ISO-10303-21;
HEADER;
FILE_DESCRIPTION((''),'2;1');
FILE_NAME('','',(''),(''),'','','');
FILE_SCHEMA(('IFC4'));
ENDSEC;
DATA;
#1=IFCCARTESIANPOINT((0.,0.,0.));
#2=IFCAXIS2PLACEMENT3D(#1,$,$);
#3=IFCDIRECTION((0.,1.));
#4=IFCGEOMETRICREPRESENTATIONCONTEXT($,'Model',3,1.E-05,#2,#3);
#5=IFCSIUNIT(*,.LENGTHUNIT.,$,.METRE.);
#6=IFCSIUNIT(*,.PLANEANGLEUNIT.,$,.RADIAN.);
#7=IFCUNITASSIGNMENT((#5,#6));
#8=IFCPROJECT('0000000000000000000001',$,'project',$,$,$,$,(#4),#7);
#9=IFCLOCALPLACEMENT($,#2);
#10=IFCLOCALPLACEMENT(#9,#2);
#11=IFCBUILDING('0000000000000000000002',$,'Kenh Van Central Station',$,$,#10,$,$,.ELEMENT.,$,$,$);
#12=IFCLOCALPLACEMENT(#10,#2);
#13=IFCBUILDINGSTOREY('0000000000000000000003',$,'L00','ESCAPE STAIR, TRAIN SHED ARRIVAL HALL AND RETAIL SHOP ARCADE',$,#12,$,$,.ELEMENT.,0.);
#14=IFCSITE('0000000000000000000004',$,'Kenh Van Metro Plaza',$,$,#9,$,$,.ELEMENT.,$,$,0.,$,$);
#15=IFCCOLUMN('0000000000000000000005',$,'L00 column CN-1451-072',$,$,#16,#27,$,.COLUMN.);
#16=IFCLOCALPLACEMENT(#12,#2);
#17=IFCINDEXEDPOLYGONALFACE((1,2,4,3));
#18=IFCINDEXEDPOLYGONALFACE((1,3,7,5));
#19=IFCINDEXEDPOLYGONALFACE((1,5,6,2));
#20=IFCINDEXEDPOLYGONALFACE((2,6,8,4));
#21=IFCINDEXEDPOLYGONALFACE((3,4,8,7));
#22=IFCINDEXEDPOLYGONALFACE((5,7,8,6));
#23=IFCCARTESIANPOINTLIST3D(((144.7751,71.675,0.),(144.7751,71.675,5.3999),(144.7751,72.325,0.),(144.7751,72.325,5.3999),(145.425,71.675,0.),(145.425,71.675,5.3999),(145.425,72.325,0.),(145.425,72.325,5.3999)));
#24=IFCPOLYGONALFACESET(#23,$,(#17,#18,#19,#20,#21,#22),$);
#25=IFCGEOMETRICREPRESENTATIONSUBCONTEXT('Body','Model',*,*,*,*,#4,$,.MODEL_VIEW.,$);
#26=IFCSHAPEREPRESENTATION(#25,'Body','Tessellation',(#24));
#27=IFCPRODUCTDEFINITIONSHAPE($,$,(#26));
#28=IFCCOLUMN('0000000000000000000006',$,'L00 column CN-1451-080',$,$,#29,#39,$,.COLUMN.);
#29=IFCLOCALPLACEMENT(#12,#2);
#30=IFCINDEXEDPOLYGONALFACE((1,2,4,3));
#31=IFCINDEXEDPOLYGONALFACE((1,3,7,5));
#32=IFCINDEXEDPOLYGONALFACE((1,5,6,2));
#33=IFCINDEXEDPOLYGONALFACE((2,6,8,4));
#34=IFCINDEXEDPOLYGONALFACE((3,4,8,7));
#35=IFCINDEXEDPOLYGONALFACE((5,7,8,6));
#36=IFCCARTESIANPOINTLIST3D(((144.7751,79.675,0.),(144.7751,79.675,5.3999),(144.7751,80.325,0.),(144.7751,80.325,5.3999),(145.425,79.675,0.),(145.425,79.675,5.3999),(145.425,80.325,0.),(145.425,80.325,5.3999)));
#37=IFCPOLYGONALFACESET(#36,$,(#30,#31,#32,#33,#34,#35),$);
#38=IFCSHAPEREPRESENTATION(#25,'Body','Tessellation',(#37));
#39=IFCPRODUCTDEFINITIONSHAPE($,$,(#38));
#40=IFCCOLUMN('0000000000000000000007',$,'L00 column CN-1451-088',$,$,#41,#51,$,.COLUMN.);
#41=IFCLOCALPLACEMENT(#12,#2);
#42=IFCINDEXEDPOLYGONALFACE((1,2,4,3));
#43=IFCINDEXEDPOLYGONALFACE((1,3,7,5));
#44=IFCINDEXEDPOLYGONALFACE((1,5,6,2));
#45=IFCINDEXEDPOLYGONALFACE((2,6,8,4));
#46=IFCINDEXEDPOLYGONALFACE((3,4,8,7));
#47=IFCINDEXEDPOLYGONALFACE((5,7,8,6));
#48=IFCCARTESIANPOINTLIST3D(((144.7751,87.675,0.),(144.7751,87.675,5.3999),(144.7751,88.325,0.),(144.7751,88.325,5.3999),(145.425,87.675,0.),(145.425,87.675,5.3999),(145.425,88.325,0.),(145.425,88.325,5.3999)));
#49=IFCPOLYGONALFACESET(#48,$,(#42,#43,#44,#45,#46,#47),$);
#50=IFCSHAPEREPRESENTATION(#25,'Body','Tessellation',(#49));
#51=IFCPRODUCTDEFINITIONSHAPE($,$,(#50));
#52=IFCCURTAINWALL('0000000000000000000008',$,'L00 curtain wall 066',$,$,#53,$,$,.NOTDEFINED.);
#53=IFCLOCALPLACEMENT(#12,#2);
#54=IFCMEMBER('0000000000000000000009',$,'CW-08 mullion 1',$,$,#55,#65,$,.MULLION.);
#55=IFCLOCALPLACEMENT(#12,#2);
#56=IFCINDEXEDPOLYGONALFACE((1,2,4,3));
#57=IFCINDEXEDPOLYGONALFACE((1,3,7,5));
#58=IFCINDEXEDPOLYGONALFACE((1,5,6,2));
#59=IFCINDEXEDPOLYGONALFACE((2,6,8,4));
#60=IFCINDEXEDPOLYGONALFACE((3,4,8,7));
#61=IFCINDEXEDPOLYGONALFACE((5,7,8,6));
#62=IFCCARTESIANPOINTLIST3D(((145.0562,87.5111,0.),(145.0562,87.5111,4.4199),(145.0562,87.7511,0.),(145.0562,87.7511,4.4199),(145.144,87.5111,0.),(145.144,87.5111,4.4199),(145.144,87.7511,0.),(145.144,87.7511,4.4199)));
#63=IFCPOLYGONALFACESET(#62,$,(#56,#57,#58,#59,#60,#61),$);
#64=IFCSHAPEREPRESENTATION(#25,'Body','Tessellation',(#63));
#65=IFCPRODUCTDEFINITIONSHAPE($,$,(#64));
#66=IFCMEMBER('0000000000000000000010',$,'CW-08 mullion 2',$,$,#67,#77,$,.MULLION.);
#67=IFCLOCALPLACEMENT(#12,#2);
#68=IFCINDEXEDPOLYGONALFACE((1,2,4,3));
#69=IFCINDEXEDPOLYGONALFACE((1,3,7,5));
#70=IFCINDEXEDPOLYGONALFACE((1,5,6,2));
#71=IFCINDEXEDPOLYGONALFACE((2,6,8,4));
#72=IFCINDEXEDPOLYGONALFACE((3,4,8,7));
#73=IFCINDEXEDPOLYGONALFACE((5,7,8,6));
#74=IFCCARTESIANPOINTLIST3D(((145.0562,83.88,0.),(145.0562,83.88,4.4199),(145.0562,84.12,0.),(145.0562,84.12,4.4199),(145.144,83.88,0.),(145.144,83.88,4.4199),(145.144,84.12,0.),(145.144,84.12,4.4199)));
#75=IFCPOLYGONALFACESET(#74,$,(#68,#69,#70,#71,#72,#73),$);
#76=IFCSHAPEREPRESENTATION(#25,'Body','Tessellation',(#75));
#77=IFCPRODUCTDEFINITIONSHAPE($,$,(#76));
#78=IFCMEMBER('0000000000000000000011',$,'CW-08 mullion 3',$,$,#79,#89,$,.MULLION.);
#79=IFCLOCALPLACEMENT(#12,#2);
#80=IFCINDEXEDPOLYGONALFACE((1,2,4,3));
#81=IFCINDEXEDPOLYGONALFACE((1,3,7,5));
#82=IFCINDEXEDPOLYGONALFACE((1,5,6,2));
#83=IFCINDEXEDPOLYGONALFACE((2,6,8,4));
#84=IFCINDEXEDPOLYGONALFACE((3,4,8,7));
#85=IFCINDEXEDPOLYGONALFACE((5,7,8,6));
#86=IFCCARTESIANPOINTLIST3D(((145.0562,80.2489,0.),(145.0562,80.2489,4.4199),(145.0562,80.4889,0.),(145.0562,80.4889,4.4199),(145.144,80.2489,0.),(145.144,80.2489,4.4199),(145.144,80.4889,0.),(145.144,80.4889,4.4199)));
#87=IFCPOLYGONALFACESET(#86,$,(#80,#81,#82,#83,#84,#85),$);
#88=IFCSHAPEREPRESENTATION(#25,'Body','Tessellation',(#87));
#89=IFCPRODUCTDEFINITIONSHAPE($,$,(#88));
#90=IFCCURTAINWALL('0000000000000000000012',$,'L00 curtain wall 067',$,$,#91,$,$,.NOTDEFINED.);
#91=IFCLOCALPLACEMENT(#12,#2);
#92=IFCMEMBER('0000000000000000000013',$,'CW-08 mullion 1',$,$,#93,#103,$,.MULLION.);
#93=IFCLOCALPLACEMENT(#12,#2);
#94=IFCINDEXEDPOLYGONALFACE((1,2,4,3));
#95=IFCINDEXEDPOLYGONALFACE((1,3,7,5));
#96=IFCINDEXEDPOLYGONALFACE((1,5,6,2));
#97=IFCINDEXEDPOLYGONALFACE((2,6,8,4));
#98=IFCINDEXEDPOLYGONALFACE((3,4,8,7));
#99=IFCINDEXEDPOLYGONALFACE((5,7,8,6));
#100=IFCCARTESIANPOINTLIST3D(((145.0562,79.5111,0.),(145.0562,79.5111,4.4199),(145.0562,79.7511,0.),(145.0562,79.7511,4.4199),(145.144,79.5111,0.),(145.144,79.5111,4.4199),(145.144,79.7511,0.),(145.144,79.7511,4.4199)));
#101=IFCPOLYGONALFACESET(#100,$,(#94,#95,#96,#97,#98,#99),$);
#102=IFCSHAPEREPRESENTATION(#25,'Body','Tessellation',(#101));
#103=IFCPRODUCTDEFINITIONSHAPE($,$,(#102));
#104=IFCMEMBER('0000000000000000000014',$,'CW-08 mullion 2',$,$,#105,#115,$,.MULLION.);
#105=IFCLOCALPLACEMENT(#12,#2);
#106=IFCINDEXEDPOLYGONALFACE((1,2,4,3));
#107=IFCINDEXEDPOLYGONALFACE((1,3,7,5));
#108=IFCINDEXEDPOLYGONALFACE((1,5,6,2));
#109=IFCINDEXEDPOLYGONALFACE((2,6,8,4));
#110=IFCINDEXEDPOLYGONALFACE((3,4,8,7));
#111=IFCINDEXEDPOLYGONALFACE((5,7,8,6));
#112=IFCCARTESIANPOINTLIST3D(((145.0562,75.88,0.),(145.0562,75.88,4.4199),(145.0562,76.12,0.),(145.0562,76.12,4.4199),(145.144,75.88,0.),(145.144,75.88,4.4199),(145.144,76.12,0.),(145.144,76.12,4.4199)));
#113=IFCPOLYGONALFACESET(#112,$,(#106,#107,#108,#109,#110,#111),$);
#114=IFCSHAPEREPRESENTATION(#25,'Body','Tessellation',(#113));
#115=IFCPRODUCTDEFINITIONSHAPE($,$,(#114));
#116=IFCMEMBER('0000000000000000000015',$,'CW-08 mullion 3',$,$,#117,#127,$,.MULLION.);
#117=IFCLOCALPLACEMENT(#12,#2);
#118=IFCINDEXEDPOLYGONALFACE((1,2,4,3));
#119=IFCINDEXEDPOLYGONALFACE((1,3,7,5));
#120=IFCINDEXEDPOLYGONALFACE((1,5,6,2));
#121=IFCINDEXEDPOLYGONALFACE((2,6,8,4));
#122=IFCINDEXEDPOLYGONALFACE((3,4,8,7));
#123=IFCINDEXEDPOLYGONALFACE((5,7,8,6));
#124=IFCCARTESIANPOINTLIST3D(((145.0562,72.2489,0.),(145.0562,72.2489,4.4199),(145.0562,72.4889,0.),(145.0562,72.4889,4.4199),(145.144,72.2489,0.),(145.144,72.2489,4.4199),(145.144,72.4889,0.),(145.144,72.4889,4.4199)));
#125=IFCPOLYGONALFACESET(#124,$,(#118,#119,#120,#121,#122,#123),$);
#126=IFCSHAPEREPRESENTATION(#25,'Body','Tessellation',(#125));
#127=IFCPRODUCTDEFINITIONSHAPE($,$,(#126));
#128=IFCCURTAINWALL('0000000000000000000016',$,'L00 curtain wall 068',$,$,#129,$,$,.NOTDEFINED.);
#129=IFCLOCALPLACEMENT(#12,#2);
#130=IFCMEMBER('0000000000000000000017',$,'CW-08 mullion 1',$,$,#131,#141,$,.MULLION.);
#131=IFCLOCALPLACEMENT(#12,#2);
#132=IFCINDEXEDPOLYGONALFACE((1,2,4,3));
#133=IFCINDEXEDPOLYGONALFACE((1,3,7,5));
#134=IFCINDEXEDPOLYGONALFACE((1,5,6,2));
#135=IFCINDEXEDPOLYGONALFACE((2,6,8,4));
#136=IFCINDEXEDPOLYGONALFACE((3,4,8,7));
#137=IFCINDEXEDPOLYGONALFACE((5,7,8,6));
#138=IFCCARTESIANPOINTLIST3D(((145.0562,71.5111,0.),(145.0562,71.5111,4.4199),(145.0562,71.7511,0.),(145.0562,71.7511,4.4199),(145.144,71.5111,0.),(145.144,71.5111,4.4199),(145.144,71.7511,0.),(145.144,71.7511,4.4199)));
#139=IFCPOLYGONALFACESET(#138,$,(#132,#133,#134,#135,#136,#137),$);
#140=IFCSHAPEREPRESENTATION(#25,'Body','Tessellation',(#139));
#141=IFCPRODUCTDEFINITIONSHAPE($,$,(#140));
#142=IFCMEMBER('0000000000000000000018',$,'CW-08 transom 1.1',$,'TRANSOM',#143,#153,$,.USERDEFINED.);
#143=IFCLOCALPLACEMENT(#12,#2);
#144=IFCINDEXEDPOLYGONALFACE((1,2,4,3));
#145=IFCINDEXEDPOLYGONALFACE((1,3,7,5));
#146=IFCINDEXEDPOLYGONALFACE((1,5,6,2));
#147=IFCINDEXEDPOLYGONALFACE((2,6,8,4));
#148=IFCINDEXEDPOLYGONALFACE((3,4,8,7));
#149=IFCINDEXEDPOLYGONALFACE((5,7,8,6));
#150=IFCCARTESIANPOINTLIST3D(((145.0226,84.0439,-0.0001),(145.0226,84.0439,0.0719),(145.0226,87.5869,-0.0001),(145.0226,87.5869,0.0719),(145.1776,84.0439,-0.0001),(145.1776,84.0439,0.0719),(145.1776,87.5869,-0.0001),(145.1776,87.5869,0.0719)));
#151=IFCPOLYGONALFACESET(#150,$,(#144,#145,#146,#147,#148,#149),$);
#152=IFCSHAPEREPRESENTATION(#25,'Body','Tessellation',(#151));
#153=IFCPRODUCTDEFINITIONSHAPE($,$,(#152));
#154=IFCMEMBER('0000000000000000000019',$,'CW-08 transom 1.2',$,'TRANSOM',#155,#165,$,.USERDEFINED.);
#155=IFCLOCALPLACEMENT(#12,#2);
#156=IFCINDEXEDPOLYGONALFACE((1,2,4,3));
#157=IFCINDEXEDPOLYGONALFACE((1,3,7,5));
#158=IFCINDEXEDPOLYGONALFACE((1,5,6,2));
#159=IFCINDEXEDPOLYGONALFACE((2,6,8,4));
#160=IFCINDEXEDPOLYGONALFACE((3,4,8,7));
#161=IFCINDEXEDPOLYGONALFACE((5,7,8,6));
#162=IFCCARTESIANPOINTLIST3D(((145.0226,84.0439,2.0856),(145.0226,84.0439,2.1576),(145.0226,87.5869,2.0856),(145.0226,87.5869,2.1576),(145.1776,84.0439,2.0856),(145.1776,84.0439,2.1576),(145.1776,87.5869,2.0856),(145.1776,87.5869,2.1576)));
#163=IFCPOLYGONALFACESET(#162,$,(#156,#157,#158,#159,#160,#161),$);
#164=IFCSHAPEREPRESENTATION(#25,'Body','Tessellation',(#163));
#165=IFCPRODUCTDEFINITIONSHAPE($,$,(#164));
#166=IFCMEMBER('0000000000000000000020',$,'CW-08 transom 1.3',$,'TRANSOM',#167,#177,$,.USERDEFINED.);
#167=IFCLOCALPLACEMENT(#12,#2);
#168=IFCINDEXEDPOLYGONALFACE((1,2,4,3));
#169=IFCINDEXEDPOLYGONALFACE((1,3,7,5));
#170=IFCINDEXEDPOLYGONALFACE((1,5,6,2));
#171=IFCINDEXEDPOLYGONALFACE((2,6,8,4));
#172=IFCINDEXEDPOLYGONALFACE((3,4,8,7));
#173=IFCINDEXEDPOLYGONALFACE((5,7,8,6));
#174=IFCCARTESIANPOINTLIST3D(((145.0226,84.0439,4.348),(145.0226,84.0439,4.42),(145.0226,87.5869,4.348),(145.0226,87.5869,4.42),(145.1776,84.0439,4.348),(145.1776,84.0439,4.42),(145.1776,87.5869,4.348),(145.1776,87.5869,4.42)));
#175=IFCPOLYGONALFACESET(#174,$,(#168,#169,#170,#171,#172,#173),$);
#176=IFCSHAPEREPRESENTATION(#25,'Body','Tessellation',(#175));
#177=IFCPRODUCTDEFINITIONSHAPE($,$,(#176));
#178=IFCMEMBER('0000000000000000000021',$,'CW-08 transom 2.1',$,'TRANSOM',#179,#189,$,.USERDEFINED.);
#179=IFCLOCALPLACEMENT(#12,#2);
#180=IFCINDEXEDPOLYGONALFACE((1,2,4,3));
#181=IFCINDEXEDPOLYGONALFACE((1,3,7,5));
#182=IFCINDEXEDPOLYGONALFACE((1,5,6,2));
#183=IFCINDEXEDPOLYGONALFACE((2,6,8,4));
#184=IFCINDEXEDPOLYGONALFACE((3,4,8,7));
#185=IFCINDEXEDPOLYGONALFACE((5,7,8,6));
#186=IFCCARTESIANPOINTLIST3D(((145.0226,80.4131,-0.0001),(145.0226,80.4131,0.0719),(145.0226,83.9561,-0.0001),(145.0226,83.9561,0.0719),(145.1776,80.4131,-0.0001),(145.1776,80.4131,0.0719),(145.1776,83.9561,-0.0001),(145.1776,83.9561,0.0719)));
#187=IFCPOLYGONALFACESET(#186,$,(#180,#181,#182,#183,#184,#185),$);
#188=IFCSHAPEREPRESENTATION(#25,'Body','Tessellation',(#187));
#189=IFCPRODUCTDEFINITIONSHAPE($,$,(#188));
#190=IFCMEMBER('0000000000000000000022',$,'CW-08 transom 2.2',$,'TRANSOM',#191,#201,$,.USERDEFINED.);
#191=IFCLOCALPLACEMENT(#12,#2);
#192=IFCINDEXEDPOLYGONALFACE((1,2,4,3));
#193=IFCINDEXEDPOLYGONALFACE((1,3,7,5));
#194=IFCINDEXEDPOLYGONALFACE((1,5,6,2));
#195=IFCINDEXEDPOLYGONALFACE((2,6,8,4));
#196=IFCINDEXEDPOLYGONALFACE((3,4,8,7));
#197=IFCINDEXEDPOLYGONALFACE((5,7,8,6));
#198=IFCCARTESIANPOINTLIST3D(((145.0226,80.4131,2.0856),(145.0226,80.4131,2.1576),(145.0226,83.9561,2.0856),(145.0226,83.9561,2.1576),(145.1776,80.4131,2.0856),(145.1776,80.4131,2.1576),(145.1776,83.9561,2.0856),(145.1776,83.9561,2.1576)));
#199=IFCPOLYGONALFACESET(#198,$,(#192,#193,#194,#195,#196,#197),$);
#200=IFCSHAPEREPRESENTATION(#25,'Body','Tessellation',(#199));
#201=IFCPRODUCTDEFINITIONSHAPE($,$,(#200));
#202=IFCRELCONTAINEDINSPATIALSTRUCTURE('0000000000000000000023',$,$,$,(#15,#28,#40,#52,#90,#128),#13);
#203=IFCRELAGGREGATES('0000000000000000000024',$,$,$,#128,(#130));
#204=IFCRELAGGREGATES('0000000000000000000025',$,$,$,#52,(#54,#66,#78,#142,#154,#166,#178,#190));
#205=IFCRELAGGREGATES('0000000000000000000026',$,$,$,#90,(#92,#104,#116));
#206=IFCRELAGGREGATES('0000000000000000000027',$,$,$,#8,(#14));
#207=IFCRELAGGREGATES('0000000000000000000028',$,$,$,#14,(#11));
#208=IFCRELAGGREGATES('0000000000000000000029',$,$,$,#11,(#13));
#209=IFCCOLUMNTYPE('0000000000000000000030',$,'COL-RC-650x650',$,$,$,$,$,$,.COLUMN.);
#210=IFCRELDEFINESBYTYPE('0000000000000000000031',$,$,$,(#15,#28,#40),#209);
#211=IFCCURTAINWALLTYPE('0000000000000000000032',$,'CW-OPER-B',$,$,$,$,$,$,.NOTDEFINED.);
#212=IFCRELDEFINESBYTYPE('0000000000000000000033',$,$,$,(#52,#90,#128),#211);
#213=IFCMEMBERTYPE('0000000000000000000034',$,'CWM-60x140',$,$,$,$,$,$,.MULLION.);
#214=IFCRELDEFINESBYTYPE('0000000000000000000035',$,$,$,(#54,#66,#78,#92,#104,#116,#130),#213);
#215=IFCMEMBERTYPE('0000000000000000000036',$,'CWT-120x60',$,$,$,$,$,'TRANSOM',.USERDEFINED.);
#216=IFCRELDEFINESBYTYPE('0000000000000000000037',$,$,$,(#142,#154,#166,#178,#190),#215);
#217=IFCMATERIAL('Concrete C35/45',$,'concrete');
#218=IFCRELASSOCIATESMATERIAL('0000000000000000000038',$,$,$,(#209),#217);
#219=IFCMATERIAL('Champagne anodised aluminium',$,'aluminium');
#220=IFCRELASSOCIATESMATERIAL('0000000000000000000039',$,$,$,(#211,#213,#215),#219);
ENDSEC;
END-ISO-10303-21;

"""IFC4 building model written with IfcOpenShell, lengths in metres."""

from ifc_helpers import new_model, si_unit, direction, frame, origin, origin_2d, place, context, subcontext, project, spatial, rectangle, extrude, material, material_profile, profile_set, type_object, element, aggregate, save


model = new_model("IFC4")

# Units and contexts
model_context = context("Model", 3, precision=1e-05, world=origin(), true_north=direction((0.0, 1.0)))
body_context = subcontext(model_context, "Body", "Model", "MODEL_VIEW")
ifc_project = project(units=[si_unit("LENGTHUNIT", "METRE"), si_unit("PLANEANGLEUNIT", "RADIAN")], contexts=[model_context])

# Site, building, storey
site_placement = place(None, origin())
site = spatial("IfcSite", under=ifc_project, at=site_placement, Name="Kenh Van Metro Plaza", CompositionType="ELEMENT", RefElevation=0.0)
building_placement = place(site_placement, origin())
building = spatial("IfcBuilding", under=site, at=building_placement, Name="Kenh Van Central Station", CompositionType="ELEMENT")
storey_placement = place(building_placement, origin())
storey = spatial("IfcBuildingStorey", under=building, at=storey_placement, Name="L00", Description="ESCAPE STAIR, TRAIN SHED ARRIVAL HALL AND RETAIL SHOP ARCADE", CompositionType="ELEMENT", Elevation=0.0)

# Columns
ifc_material_1 = material(Name="Concrete C35/45", Category="concrete")
ifc_material_profile_1 = material_profile(ifc_material_1, rectangle(XDim=0.6499, YDim=0.6499, at=origin_2d()), Name="RC 650x650")
ifc_profile_set_1 = profile_set([ifc_material_profile_1], Name="Concrete C35/45")
column_type = type_object("IfcColumnType", Name="COL-RC-650x650", PredefinedType="COLUMN", material=ifc_profile_set_1)
for number, where, z_axis, x_axis, name in (
    (1, (145.1001, 72.0, 0.0), (0.0, 0.0, 1.0), (1.0, 0.0, 0.0), "L00 column CN-1451-072"),
    (2, (145.1001, 80.0, 0.0), (0.0, 0.0, 1.0), (1.0, 0.0, 0.0), "L00 column CN-1451-080"),
    (3, (145.1001, 88.0, 0.0), (0.0, 0.0, 1.0), (1.0, 0.0, 0.0), "L00 column CN-1451-088"),
):
    element("IfcColumn", number, at=place(storey_placement, frame(where, z_axis=z_axis, x_axis=x_axis)), inside=storey, type_object=column_type, Name=name, PredefinedType="COLUMN", context=body_context, shape_type="SweptSolid", body=[
        extrude(rectangle(XDim=0.6499, YDim=0.6499, at=origin_2d()), origin(), (0.0, 0.0, 1.0), 5.3999),
    ])

# Curtain walls, members
ifc_material_2 = material(Name="Champagne anodised aluminium", Category="aluminium")
curtain_wall_type = type_object("IfcCurtainWallType", Name="CW-OPER-B", PredefinedType="NOTDEFINED", material=ifc_material_2)
curtain_wall_1_placement = place(storey_placement, origin())
curtain_wall_1 = element("IfcCurtainWall", 4, at=curtain_wall_1_placement, inside=storey, type_object=curtain_wall_type, Name="L00 curtain wall 066", PredefinedType="NOTDEFINED")
ifc_material_profile_2 = material_profile(ifc_material_2, rectangle(XDim=0.0879, YDim=0.24, at=origin_2d()), Name="AL 88x240")
ifc_profile_set_2 = profile_set([ifc_material_profile_2], Name="Champagne anodised aluminium")
member_type_1 = type_object("IfcMemberType", Name="CWM-60x140", PredefinedType="MULLION", material=ifc_profile_set_2)
member_1_placement = place(storey_placement, frame((145.1001, 87.6311, 0.0), z_axis=(0.0, 0.0, 1.0), x_axis=(1.0, 0.0, 0.0)))
member_1 = element("IfcMember", 5, at=member_1_placement, type_object=member_type_1, Name="CW-08 mullion 1", PredefinedType="MULLION", context=body_context, shape_type="SweptSolid", body=[
    extrude(rectangle(XDim=0.0879, YDim=0.24, at=origin_2d()), origin(), (0.0, 0.0, 1.0), 4.4199),
])
member_2_placement = place(storey_placement, frame((145.1001, 84.0, 0.0), z_axis=(0.0, 0.0, 1.0), x_axis=(1.0, 0.0, 0.0)))
member_2 = element("IfcMember", 6, at=member_2_placement, type_object=member_type_1, Name="CW-08 mullion 2", PredefinedType="MULLION", context=body_context, shape_type="SweptSolid", body=[
    extrude(rectangle(XDim=0.0879, YDim=0.24, at=origin_2d()), origin(), (0.0, 0.0, 1.0), 4.4199),
])
member_3_placement = place(storey_placement, frame((145.1001, 80.3689, 0.0), z_axis=(0.0, 0.0, 1.0), x_axis=(1.0, 0.0, 0.0)))
member_3 = element("IfcMember", 7, at=member_3_placement, type_object=member_type_1, Name="CW-08 mullion 3", PredefinedType="MULLION", context=body_context, shape_type="SweptSolid", body=[
    extrude(rectangle(XDim=0.0879, YDim=0.24, at=origin_2d()), origin(), (0.0, 0.0, 1.0), 4.4199),
])
curtain_wall_2_placement = place(storey_placement, origin())
curtain_wall_2 = element("IfcCurtainWall", 8, at=curtain_wall_2_placement, inside=storey, type_object=curtain_wall_type, Name="L00 curtain wall 067", PredefinedType="NOTDEFINED")
member_4_placement = place(storey_placement, frame((145.1001, 79.6311, 0.0), z_axis=(0.0, 0.0, 1.0), x_axis=(1.0, 0.0, 0.0)))
member_4 = element("IfcMember", 9, at=member_4_placement, type_object=member_type_1, Name="CW-08 mullion 1", PredefinedType="MULLION", context=body_context, shape_type="SweptSolid", body=[
    extrude(rectangle(XDim=0.0879, YDim=0.24, at=origin_2d()), origin(), (0.0, 0.0, 1.0), 4.4199),
])
member_5_placement = place(storey_placement, frame((145.1001, 76.0, 0.0), z_axis=(0.0, 0.0, 1.0), x_axis=(1.0, 0.0, 0.0)))
member_5 = element("IfcMember", 10, at=member_5_placement, type_object=member_type_1, Name="CW-08 mullion 2", PredefinedType="MULLION", context=body_context, shape_type="SweptSolid", body=[
    extrude(rectangle(XDim=0.0879, YDim=0.24, at=origin_2d()), origin(), (0.0, 0.0, 1.0), 4.4199),
])
member_6_placement = place(storey_placement, frame((145.1001, 72.3689, 0.0), z_axis=(0.0, 0.0, 1.0), x_axis=(1.0, 0.0, 0.0)))
member_6 = element("IfcMember", 11, at=member_6_placement, type_object=member_type_1, Name="CW-08 mullion 3", PredefinedType="MULLION", context=body_context, shape_type="SweptSolid", body=[
    extrude(rectangle(XDim=0.0879, YDim=0.24, at=origin_2d()), origin(), (0.0, 0.0, 1.0), 4.4199),
])

# Curtain wall, member
curtain_wall_3_placement = place(storey_placement, origin())
curtain_wall_3 = element("IfcCurtainWall", 12, at=curtain_wall_3_placement, inside=storey, type_object=curtain_wall_type, Name="L00 curtain wall 068", PredefinedType="NOTDEFINED")
member_7_placement = place(storey_placement, frame((145.1001, 71.6311, 0.0), z_axis=(0.0, 0.0, 1.0), x_axis=(1.0, 0.0, 0.0)))
member_7 = element("IfcMember", 13, at=member_7_placement, type_object=member_type_1, Name="CW-08 mullion 1", PredefinedType="MULLION", context=body_context, shape_type="SweptSolid", body=[
    extrude(rectangle(XDim=0.0879, YDim=0.24, at=origin_2d()), origin(), (0.0, 0.0, 1.0), 4.4199),
])
aggregate(curtain_wall_3, [member_7])

# Members
ifc_material_profile_3 = material_profile(ifc_material_2, rectangle(XDim=0.155, YDim=0.072, at=origin_2d()), Name="AL 155x72")
ifc_profile_set_3 = profile_set([ifc_material_profile_3], Name="Champagne anodised aluminium")
member_type_2 = type_object("IfcMemberType", Name="CWT-120x60", ElementType="TRANSOM", PredefinedType="USERDEFINED", material=ifc_profile_set_3)
member_8_placement = place(storey_placement, frame((145.1001, 87.5869, 0.0359), z_axis=(0.0, -1.0, 0.0), x_axis=(1.0, 0.0, 0.0)))
member_8 = element("IfcMember", 14, at=member_8_placement, type_object=member_type_2, Name="CW-08 transom 1.1", ObjectType="TRANSOM", PredefinedType="USERDEFINED", context=body_context, shape_type="SweptSolid", body=[
    extrude(rectangle(XDim=0.155, YDim=0.072, at=origin_2d()), origin(), (0.0, 0.0, 1.0), 3.543),
])
member_9_placement = place(storey_placement, frame((145.1001, 87.5869, 2.1216), z_axis=(0.0, -1.0, 0.0), x_axis=(1.0, 0.0, 0.0)))
member_9 = element("IfcMember", 15, at=member_9_placement, type_object=member_type_2, Name="CW-08 transom 1.2", ObjectType="TRANSOM", PredefinedType="USERDEFINED", context=body_context, shape_type="SweptSolid", body=[
    extrude(rectangle(XDim=0.155, YDim=0.072, at=origin_2d()), origin(), (0.0, 0.0, 1.0), 3.543),
])
member_10_placement = place(storey_placement, frame((145.1001, 87.5869, 4.384), z_axis=(0.0, -1.0, 0.0), x_axis=(1.0, 0.0, 0.0)))
member_10 = element("IfcMember", 16, at=member_10_placement, type_object=member_type_2, Name="CW-08 transom 1.3", ObjectType="TRANSOM", PredefinedType="USERDEFINED", context=body_context, shape_type="SweptSolid", body=[
    extrude(rectangle(XDim=0.155, YDim=0.072, at=origin_2d()), origin(), (0.0, 0.0, 1.0), 3.543),
])
member_11_placement = place(storey_placement, frame((145.1001, 83.9561, 0.0359), z_axis=(0.0, -1.0, 0.0), x_axis=(1.0, 0.0, 0.0)))
member_11 = element("IfcMember", 17, at=member_11_placement, type_object=member_type_2, Name="CW-08 transom 2.1", ObjectType="TRANSOM", PredefinedType="USERDEFINED", context=body_context, shape_type="SweptSolid", body=[
    extrude(rectangle(XDim=0.155, YDim=0.072, at=origin_2d()), origin(), (0.0, 0.0, 1.0), 3.543),
])
member_12_placement = place(storey_placement, frame((145.1001, 83.9561, 2.1216), z_axis=(0.0, -1.0, 0.0), x_axis=(1.0, 0.0, 0.0)))
member_12 = element("IfcMember", 18, at=member_12_placement, type_object=member_type_2, Name="CW-08 transom 2.2", ObjectType="TRANSOM", PredefinedType="USERDEFINED", context=body_context, shape_type="SweptSolid", body=[
    extrude(rectangle(XDim=0.155, YDim=0.072, at=origin_2d()), origin(), (0.0, 0.0, 1.0), 3.543),
])

aggregate(curtain_wall_1, [member_1, member_2, member_3, member_8, member_9, member_10, member_11, member_12])
aggregate(curtain_wall_2, [member_4, member_5, member_6])

save(model, "model.ifc")
